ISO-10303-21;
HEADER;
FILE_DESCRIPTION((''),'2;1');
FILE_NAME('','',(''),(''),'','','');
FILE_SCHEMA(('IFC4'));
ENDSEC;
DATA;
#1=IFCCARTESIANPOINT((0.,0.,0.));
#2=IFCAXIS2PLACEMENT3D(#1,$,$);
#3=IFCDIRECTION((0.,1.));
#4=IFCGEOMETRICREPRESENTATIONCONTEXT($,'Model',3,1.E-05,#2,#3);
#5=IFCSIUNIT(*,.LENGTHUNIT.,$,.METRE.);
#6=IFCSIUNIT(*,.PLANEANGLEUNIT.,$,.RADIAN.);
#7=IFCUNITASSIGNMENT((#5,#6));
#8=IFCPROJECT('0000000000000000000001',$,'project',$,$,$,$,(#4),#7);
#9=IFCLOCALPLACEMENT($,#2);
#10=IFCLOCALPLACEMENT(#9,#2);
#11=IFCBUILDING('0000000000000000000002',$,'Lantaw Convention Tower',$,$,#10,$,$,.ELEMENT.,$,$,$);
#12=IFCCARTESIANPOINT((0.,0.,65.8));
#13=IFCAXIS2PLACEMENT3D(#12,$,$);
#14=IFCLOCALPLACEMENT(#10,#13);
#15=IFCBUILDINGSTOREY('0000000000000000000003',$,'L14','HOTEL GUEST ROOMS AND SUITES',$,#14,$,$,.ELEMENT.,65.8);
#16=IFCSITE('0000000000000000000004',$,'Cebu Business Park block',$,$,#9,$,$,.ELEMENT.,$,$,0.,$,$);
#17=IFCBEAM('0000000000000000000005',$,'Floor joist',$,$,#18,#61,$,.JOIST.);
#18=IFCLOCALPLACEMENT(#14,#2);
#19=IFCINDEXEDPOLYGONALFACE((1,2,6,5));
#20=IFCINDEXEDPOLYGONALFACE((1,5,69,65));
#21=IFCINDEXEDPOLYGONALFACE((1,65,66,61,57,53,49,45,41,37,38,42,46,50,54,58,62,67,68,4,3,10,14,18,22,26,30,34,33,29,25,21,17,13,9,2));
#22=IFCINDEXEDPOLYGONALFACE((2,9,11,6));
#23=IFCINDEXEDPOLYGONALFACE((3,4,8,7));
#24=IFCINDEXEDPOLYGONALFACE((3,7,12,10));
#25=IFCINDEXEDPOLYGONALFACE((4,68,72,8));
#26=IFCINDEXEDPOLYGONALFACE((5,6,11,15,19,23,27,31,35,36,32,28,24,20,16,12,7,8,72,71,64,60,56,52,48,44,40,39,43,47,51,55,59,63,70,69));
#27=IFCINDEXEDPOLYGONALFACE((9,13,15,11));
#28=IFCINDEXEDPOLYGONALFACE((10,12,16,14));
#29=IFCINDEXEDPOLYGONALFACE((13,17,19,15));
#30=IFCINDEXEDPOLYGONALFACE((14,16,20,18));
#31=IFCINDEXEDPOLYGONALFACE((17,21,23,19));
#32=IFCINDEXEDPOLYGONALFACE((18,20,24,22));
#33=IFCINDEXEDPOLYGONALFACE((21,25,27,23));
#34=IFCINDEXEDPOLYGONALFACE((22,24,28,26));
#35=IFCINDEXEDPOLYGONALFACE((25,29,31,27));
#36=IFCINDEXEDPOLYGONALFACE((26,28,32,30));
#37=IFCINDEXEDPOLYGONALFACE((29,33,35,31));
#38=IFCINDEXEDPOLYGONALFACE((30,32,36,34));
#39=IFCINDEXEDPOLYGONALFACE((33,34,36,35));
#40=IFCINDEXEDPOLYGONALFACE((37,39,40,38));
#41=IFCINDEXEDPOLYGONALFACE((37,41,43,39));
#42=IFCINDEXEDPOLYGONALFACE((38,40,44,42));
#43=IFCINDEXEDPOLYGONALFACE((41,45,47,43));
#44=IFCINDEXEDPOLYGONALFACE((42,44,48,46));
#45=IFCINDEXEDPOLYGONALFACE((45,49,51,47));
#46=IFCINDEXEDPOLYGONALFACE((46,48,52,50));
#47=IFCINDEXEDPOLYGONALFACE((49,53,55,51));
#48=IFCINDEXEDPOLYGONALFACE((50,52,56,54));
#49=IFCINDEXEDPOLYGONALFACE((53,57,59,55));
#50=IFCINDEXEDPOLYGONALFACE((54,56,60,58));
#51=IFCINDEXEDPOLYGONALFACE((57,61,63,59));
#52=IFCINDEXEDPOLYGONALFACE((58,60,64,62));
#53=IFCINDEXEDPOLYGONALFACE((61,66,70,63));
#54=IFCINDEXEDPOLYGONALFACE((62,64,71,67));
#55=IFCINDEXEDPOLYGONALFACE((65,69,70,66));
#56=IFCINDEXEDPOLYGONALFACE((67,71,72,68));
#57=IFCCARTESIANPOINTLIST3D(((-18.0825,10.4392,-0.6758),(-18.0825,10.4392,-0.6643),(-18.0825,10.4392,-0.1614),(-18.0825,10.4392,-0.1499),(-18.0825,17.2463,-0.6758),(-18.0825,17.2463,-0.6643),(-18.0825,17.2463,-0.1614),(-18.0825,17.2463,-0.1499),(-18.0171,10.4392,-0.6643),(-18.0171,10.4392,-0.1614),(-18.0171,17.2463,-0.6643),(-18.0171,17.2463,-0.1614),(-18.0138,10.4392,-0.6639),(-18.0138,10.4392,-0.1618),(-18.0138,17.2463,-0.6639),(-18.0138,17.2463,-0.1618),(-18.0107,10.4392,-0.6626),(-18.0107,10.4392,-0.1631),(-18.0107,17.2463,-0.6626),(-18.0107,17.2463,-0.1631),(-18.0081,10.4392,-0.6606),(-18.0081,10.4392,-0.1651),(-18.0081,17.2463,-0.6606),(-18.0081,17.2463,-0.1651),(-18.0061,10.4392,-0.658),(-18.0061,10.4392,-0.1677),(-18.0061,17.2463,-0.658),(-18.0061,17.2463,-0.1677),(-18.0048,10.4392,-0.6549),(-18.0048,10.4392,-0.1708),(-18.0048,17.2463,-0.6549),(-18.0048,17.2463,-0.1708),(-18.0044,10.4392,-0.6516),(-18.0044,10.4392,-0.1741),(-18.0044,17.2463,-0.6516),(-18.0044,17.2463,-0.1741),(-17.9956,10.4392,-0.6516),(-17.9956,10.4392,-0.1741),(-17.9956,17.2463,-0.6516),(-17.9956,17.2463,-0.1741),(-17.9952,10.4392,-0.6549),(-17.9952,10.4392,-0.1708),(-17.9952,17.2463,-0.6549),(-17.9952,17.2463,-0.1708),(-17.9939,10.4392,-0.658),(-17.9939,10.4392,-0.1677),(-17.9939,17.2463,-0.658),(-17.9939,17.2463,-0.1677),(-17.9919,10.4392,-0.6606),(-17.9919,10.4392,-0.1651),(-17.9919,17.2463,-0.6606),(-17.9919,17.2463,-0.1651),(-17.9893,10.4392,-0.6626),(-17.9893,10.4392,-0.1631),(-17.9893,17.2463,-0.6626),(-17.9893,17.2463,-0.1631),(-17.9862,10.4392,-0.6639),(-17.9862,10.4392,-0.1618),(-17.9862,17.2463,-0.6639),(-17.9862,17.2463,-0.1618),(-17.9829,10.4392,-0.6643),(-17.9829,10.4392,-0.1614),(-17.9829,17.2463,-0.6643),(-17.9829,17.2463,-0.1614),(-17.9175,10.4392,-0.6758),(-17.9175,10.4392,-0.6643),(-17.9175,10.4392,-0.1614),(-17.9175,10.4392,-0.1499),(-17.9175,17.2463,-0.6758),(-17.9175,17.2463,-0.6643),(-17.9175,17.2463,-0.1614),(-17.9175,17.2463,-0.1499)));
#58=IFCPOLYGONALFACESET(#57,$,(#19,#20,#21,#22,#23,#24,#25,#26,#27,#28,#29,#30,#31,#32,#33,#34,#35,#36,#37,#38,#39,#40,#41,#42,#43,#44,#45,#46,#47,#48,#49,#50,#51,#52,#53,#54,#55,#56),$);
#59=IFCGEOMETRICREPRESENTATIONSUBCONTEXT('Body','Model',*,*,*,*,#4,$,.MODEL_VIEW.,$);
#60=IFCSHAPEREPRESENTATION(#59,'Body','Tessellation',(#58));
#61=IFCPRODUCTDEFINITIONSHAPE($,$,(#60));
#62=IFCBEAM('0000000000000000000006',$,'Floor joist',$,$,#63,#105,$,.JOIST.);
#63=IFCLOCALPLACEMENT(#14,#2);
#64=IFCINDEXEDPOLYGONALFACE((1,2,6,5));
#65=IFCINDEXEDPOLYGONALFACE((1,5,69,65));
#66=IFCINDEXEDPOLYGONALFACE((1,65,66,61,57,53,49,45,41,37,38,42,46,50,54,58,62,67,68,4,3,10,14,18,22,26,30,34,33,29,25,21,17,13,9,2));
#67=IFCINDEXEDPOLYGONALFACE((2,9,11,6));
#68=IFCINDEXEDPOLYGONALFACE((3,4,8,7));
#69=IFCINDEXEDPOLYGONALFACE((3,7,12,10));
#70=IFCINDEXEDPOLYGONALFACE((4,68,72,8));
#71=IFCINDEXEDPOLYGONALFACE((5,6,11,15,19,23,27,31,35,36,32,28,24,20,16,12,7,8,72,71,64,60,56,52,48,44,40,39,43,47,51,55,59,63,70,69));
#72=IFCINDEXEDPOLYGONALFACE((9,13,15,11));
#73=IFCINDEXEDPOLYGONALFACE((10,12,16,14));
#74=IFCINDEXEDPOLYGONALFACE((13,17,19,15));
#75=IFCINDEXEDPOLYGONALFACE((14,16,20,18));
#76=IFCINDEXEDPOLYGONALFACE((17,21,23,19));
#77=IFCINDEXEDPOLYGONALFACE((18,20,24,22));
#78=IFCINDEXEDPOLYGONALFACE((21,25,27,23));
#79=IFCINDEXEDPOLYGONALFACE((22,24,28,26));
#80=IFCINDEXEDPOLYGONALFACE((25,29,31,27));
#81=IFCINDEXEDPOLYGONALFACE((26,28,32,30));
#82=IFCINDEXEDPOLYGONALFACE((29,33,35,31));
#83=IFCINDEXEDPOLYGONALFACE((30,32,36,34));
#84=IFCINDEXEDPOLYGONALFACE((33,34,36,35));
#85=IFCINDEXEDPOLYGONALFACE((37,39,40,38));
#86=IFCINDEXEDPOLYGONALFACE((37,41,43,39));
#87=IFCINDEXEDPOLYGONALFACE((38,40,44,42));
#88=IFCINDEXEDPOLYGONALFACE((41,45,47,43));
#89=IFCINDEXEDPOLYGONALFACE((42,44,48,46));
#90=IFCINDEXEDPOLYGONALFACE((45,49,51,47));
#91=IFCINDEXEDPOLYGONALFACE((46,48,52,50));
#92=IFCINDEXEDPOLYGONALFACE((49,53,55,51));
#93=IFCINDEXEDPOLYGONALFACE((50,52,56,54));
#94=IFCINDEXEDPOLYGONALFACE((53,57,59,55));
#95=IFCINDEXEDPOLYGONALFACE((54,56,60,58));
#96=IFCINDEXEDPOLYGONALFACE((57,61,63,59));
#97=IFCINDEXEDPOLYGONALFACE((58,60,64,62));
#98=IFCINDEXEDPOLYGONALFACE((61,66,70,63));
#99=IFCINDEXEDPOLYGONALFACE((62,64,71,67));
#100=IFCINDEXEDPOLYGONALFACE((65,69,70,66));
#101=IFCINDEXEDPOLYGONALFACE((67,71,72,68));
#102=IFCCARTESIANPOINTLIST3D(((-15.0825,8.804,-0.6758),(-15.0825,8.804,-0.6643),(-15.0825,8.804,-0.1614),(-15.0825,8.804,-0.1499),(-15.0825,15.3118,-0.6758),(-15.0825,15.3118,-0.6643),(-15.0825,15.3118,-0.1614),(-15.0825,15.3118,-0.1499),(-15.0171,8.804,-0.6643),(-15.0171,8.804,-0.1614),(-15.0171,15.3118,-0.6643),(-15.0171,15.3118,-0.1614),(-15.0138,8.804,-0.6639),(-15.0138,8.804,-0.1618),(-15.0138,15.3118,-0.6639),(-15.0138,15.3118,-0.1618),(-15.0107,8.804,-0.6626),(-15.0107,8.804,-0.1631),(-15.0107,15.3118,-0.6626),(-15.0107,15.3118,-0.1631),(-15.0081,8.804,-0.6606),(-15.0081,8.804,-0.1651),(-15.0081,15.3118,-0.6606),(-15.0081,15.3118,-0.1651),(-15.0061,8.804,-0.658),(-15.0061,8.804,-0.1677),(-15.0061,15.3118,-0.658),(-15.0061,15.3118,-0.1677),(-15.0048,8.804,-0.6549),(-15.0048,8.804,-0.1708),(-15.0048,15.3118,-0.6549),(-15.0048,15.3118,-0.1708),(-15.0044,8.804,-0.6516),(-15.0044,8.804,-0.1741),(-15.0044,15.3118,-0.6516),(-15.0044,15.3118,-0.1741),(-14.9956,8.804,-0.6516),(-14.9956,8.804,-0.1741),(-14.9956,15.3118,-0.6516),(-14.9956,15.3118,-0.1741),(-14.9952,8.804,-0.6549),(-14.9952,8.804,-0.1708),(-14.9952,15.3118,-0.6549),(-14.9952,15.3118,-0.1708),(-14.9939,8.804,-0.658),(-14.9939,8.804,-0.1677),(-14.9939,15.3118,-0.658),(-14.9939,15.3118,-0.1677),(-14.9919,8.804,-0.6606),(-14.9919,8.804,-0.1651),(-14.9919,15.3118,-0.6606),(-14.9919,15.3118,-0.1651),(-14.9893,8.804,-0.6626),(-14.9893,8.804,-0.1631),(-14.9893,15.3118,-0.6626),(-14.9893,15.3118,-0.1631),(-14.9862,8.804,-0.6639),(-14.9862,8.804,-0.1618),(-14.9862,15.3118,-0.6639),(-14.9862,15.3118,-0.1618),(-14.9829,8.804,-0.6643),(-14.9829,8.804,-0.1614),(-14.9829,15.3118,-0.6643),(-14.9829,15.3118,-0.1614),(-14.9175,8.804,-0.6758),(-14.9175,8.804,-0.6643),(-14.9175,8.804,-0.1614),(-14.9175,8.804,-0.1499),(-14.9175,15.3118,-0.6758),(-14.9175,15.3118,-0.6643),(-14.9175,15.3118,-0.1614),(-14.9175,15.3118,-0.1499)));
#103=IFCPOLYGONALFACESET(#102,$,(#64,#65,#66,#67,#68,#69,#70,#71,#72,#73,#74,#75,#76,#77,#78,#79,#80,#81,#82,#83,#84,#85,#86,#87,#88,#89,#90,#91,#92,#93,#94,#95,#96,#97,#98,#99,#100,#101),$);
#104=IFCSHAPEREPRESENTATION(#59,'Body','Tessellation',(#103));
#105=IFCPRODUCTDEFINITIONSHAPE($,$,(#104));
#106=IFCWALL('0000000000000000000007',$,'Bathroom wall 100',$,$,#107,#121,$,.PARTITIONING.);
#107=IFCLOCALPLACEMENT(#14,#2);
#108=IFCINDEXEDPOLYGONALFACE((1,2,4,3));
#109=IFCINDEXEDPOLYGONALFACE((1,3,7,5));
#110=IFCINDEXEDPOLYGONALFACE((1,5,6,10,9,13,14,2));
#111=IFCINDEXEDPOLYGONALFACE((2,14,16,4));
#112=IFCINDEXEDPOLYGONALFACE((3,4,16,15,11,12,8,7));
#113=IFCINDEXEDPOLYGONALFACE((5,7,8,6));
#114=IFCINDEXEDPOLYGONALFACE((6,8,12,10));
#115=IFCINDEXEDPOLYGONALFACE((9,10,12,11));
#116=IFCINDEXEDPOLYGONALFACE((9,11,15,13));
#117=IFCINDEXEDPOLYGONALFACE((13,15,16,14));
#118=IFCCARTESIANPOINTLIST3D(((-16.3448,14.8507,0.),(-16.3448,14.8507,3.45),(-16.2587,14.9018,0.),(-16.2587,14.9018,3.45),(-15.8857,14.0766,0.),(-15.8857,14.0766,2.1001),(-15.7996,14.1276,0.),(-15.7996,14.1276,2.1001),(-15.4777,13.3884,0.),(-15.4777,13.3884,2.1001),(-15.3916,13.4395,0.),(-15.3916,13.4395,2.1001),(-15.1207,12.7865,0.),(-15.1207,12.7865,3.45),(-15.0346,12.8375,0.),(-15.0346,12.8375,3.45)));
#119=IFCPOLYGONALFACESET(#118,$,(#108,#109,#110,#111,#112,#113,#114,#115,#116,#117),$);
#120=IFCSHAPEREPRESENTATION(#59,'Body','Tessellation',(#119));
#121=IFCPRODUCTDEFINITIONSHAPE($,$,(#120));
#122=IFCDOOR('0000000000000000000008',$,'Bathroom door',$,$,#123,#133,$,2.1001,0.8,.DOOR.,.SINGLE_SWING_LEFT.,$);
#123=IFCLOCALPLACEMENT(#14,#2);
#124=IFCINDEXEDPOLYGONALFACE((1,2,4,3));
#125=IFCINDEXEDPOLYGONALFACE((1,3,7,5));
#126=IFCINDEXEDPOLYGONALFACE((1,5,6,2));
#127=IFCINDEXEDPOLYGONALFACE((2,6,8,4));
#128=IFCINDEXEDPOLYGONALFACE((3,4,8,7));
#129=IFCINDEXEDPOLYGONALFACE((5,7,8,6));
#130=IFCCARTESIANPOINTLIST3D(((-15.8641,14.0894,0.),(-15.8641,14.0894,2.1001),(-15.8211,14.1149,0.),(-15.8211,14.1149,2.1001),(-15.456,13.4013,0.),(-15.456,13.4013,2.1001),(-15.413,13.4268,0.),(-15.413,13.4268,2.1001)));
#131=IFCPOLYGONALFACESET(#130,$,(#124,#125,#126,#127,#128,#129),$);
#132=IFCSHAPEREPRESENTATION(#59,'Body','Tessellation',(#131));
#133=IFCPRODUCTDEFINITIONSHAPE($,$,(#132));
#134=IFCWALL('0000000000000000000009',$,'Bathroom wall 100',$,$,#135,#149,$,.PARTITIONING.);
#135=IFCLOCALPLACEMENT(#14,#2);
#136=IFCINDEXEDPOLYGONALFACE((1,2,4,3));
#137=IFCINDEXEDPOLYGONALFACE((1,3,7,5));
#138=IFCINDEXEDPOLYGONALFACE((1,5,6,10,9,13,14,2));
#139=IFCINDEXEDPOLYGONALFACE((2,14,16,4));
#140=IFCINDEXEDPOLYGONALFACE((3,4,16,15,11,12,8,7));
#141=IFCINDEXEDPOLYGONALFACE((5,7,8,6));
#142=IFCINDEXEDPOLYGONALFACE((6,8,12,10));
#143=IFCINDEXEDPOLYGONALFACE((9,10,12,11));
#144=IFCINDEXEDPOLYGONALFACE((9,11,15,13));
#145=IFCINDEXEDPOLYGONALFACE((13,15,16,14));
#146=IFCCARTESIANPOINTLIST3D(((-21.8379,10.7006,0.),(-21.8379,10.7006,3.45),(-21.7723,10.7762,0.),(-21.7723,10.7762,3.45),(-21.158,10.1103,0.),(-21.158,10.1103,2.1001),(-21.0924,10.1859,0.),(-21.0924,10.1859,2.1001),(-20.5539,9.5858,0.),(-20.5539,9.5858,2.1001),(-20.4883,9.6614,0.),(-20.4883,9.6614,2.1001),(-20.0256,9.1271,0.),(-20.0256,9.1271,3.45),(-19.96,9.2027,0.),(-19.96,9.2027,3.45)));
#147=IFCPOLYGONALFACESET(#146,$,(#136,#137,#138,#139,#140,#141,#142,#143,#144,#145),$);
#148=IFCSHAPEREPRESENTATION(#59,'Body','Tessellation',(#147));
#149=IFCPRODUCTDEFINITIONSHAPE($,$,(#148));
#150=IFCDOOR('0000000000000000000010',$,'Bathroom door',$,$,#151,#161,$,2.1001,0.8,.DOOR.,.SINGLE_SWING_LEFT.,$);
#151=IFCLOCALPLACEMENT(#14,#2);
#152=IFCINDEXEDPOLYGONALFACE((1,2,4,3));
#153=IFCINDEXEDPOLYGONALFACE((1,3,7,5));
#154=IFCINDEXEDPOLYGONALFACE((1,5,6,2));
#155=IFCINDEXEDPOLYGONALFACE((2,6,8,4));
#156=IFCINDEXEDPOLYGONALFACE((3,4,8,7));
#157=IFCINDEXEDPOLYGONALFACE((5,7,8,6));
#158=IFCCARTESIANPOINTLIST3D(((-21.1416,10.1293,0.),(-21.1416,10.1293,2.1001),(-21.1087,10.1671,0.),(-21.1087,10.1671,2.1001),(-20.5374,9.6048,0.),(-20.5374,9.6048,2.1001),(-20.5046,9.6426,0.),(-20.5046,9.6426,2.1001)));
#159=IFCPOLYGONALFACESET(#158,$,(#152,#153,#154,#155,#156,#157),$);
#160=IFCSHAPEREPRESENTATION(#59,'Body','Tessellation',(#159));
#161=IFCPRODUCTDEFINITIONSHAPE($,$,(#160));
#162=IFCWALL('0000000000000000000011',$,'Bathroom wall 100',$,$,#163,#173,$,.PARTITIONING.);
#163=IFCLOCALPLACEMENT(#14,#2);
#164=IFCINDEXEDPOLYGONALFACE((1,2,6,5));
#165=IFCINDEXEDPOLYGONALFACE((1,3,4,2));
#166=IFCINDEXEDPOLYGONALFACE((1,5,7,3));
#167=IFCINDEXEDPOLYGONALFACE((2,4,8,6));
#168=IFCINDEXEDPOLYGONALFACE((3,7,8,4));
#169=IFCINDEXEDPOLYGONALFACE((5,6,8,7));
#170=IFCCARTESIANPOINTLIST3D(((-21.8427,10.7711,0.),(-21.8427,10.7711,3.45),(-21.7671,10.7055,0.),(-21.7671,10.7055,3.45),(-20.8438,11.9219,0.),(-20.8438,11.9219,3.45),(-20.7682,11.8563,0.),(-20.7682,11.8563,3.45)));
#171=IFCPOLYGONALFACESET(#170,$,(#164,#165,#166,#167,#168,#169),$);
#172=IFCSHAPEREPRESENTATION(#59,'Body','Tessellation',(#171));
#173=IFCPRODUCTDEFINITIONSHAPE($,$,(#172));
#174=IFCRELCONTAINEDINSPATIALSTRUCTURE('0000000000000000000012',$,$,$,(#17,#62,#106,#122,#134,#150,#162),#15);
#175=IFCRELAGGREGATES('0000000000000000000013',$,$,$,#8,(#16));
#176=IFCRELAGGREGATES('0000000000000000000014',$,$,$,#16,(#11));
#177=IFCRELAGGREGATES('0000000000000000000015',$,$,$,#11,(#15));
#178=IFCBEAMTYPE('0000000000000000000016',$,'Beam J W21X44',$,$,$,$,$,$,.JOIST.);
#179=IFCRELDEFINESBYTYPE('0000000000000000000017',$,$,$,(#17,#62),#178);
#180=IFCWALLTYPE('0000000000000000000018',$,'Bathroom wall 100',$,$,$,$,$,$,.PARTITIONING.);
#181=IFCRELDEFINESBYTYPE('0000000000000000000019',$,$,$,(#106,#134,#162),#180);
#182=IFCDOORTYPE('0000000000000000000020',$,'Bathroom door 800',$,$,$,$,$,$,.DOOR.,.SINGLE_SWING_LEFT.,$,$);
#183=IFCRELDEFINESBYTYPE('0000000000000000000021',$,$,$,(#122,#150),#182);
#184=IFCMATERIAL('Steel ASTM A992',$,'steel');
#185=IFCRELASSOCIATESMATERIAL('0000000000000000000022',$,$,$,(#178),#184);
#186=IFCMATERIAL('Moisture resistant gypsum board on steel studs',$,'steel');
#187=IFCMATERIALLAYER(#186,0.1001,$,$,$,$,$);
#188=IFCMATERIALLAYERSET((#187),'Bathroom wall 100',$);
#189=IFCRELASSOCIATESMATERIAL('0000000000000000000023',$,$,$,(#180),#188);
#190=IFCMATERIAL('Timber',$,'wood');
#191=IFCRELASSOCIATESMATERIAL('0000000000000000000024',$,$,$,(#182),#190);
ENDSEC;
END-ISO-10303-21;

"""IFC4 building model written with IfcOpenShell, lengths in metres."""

from ifc_helpers import new_model, si_unit, direction, frame, frame_2d, origin, origin_2d, place, context, subcontext, project, spatial, rectangle, i_section, extrude, material, layer, layer_set, material_profile, profile_set, type_object, element, fill, save


model = new_model("IFC4")

# Units and contexts
model_context = context("Model", 3, precision=1e-05, world=origin(), true_north=direction((0.0, 1.0)))
body_context = subcontext(model_context, "Body", "Model", "MODEL_VIEW")
ifc_project = project(units=[si_unit("LENGTHUNIT", "METRE"), si_unit("PLANEANGLEUNIT", "RADIAN")], contexts=[model_context])

# Site, building, storey
site_placement = place(None, origin())
site = spatial("IfcSite", under=ifc_project, at=site_placement, Name="Cebu Business Park block", CompositionType="ELEMENT", RefElevation=0.0)
building_placement = place(site_placement, origin())
building = spatial("IfcBuilding", under=site, at=building_placement, Name="Lantaw Convention Tower", CompositionType="ELEMENT")
storey_placement = place(building_placement, frame((0.0, 0.0, 65.8)))
storey = spatial("IfcBuildingStorey", under=building, at=storey_placement, Name="L14", Description="HOTEL GUEST ROOMS AND SUITES", CompositionType="ELEMENT", Elevation=65.8)

# Beams
ifc_material_1 = material(Name="Steel ASTM A992", Category="steel")
ifc_material_profile_1 = material_profile(ifc_material_1, i_section(OverallWidth=0.165, OverallDepth=0.5259, WebThickness=0.0088, FlangeThickness=0.0115, FilletRadius=0.0127, at=origin_2d()), Name="W21X44")
ifc_profile_set_1 = profile_set([ifc_material_profile_1], Name="Steel ASTM A992")
beam_type_1 = type_object("IfcBeamType", Name="Beam J W21X44", PredefinedType="JOIST", material=ifc_profile_set_1)
beam_1_placement = place(storey_placement, frame((-18.0, 10.4392, -0.4128), z_axis=(0.0, 1.0, 0.0), x_axis=(-1.0, 0.0, 0.0)))
element("IfcBeam", 1, at=beam_1_placement, inside=storey, type_object=beam_type_1, Name="Floor joist", PredefinedType="JOIST", context=body_context, shape_type="SweptSolid", body=[
    extrude(i_section(OverallWidth=0.165, OverallDepth=0.5259, WebThickness=0.0088, FlangeThickness=0.0115, FilletRadius=0.0127, at=origin_2d()), origin(), (0.0, 0.0, 1.0), 6.8071),
])
beam_2_placement = place(storey_placement, frame((-15.0, 8.804, -0.4128), z_axis=(0.0, 1.0, 0.0), x_axis=(-1.0, 0.0, 0.0)))
element("IfcBeam", 2, at=beam_2_placement, inside=storey, type_object=beam_type_1, Name="Floor joist", PredefinedType="JOIST", context=body_context, shape_type="SweptSolid", body=[
    extrude(i_section(OverallWidth=0.165, OverallDepth=0.5259, WebThickness=0.0088, FlangeThickness=0.0115, FilletRadius=0.0127, at=origin_2d()), origin(), (0.0, 0.0, 1.0), 6.5078),
])

# Walls, openings, doors
ifc_material_2 = material(Name="Moisture resistant gypsum board on steel studs", Category="steel")
ifc_layer_1 = layer(ifc_material_2, 0.1001)
ifc_layer_set_1 = layer_set([ifc_layer_1], Name="Bathroom wall 100")
wall_type_1 = type_object("IfcWallType", Name="Bathroom wall 100", PredefinedType="PARTITIONING", material=ifc_layer_set_1)
wall_1_placement = place(storey_placement, frame((-15.0776, 12.812, 0.0), z_axis=(0.0, 0.0, 1.0), x_axis=(-0.510076, 0.86013, 0.0)))
wall_1 = element("IfcWall", 3, at=wall_1_placement, inside=storey, type_object=wall_type_1, Name="Bathroom wall 100", PredefinedType="PARTITIONING", context=body_context, shape_type="SweptSolid", body=[
    extrude(rectangle(XDim=2.3999, YDim=0.1001, at=frame_2d((1.2, 0.0))), origin(), (0.0, 0.0, 1.0), 3.45),
])
opening_1_placement = place(wall_1_placement, frame((0.7, 0.0, 0.0)))
opening_1 = element("IfcOpeningElement", 4, at=opening_1_placement, cuts=wall_1, PredefinedType="OPENING", context=body_context, shape_type="SweptSolid", body=[
    extrude(rectangle(XDim=0.8, YDim=2.1001, at=frame_2d((0.3999, 1.05))), frame((0.0, 0.0601, 0.0), z_axis=(0.0, -1.0, 0.0), x_axis=(1.0, 0.0, 0.0)), (0.0, 0.0, 1.0), 0.1201),
])
ifc_material_3 = material(Name="Timber", Category="wood")
door_type_1 = type_object("IfcDoorType", Name="Bathroom door 800", OperationType="SINGLE_SWING_LEFT", PredefinedType="DOOR", material=ifc_material_3)
door_1_placement = place(opening_1_placement, origin())
door_1 = element("IfcDoor", 5, at=door_1_placement, inside=storey, type_object=door_type_1, Name="Bathroom door", OperationType="SINGLE_SWING_LEFT", OverallHeight=2.1001, OverallWidth=0.8, PredefinedType="DOOR", context=body_context, shape_type="SweptSolid", body=[
    extrude(rectangle(XDim=0.8, YDim=2.1001, at=frame_2d((0.3999, 1.05))), frame((0.0, 0.0249, 0.0), z_axis=(0.0, -1.0, 0.0), x_axis=(1.0, 0.0, 0.0)), (0.0, 0.0, 1.0), 0.05),
])
fill(opening_1, door_1)
wall_2_placement = place(storey_placement, frame((-19.9927, 9.1648, 0.0), z_axis=(0.0, 0.0, 1.0), x_axis=(-0.755098, 0.655612, 0.0)))
wall_2 = element("IfcWall", 6, at=wall_2_placement, inside=storey, type_object=wall_type_1, Name="Bathroom wall 100", PredefinedType="PARTITIONING", context=body_context, shape_type="SweptSolid", body=[
    extrude(rectangle(XDim=2.4001, YDim=0.1001, at=frame_2d((1.2002, 0.0))), origin(), (0.0, 0.0, 1.0), 3.45),
])
opening_2_placement = place(wall_2_placement, frame((0.7, 0.0, 0.0)))
opening_2 = element("IfcOpeningElement", 7, at=opening_2_placement, cuts=wall_2, PredefinedType="OPENING", context=body_context, shape_type="SweptSolid", body=[
    extrude(rectangle(XDim=0.8, YDim=2.1001, at=frame_2d((0.3999, 1.05))), frame((0.0, 0.0601, 0.0), z_axis=(0.0, -1.0, 0.0), x_axis=(1.0, 0.0, 0.0)), (0.0, 0.0, 1.0), 0.1201),
])
door_2_placement = place(opening_2_placement, origin())
door_2 = element("IfcDoor", 8, at=door_2_placement, inside=storey, type_object=door_type_1, Name="Bathroom door", OperationType="SINGLE_SWING_LEFT", OverallHeight=2.1001, OverallWidth=0.8, PredefinedType="DOOR", context=body_context, shape_type="SweptSolid", body=[
    extrude(rectangle(XDim=0.8, YDim=2.1001, at=frame_2d((0.3999, 1.05))), frame((0.0, 0.0249, 0.0), z_axis=(0.0, -1.0, 0.0), x_axis=(1.0, 0.0, 0.0)), (0.0, 0.0, 1.0), 0.05),
])
fill(opening_2, door_2)

# Wall
wall_3_placement = place(storey_placement, frame((-21.8049, 10.7383, 0.0), z_axis=(0.0, 0.0, 1.0), x_axis=(0.655528, 0.755171, 0.0)))
element("IfcWall", 9, at=wall_3_placement, inside=storey, type_object=wall_type_1, Name="Bathroom wall 100", PredefinedType="PARTITIONING", context=body_context, shape_type="SweptSolid", body=[
    extrude(rectangle(XDim=1.5239, YDim=0.1001, at=frame_2d((0.762, 0.0))), origin(), (0.0, 0.0, 1.0), 3.45),
])

save(model, "model.ifc")
